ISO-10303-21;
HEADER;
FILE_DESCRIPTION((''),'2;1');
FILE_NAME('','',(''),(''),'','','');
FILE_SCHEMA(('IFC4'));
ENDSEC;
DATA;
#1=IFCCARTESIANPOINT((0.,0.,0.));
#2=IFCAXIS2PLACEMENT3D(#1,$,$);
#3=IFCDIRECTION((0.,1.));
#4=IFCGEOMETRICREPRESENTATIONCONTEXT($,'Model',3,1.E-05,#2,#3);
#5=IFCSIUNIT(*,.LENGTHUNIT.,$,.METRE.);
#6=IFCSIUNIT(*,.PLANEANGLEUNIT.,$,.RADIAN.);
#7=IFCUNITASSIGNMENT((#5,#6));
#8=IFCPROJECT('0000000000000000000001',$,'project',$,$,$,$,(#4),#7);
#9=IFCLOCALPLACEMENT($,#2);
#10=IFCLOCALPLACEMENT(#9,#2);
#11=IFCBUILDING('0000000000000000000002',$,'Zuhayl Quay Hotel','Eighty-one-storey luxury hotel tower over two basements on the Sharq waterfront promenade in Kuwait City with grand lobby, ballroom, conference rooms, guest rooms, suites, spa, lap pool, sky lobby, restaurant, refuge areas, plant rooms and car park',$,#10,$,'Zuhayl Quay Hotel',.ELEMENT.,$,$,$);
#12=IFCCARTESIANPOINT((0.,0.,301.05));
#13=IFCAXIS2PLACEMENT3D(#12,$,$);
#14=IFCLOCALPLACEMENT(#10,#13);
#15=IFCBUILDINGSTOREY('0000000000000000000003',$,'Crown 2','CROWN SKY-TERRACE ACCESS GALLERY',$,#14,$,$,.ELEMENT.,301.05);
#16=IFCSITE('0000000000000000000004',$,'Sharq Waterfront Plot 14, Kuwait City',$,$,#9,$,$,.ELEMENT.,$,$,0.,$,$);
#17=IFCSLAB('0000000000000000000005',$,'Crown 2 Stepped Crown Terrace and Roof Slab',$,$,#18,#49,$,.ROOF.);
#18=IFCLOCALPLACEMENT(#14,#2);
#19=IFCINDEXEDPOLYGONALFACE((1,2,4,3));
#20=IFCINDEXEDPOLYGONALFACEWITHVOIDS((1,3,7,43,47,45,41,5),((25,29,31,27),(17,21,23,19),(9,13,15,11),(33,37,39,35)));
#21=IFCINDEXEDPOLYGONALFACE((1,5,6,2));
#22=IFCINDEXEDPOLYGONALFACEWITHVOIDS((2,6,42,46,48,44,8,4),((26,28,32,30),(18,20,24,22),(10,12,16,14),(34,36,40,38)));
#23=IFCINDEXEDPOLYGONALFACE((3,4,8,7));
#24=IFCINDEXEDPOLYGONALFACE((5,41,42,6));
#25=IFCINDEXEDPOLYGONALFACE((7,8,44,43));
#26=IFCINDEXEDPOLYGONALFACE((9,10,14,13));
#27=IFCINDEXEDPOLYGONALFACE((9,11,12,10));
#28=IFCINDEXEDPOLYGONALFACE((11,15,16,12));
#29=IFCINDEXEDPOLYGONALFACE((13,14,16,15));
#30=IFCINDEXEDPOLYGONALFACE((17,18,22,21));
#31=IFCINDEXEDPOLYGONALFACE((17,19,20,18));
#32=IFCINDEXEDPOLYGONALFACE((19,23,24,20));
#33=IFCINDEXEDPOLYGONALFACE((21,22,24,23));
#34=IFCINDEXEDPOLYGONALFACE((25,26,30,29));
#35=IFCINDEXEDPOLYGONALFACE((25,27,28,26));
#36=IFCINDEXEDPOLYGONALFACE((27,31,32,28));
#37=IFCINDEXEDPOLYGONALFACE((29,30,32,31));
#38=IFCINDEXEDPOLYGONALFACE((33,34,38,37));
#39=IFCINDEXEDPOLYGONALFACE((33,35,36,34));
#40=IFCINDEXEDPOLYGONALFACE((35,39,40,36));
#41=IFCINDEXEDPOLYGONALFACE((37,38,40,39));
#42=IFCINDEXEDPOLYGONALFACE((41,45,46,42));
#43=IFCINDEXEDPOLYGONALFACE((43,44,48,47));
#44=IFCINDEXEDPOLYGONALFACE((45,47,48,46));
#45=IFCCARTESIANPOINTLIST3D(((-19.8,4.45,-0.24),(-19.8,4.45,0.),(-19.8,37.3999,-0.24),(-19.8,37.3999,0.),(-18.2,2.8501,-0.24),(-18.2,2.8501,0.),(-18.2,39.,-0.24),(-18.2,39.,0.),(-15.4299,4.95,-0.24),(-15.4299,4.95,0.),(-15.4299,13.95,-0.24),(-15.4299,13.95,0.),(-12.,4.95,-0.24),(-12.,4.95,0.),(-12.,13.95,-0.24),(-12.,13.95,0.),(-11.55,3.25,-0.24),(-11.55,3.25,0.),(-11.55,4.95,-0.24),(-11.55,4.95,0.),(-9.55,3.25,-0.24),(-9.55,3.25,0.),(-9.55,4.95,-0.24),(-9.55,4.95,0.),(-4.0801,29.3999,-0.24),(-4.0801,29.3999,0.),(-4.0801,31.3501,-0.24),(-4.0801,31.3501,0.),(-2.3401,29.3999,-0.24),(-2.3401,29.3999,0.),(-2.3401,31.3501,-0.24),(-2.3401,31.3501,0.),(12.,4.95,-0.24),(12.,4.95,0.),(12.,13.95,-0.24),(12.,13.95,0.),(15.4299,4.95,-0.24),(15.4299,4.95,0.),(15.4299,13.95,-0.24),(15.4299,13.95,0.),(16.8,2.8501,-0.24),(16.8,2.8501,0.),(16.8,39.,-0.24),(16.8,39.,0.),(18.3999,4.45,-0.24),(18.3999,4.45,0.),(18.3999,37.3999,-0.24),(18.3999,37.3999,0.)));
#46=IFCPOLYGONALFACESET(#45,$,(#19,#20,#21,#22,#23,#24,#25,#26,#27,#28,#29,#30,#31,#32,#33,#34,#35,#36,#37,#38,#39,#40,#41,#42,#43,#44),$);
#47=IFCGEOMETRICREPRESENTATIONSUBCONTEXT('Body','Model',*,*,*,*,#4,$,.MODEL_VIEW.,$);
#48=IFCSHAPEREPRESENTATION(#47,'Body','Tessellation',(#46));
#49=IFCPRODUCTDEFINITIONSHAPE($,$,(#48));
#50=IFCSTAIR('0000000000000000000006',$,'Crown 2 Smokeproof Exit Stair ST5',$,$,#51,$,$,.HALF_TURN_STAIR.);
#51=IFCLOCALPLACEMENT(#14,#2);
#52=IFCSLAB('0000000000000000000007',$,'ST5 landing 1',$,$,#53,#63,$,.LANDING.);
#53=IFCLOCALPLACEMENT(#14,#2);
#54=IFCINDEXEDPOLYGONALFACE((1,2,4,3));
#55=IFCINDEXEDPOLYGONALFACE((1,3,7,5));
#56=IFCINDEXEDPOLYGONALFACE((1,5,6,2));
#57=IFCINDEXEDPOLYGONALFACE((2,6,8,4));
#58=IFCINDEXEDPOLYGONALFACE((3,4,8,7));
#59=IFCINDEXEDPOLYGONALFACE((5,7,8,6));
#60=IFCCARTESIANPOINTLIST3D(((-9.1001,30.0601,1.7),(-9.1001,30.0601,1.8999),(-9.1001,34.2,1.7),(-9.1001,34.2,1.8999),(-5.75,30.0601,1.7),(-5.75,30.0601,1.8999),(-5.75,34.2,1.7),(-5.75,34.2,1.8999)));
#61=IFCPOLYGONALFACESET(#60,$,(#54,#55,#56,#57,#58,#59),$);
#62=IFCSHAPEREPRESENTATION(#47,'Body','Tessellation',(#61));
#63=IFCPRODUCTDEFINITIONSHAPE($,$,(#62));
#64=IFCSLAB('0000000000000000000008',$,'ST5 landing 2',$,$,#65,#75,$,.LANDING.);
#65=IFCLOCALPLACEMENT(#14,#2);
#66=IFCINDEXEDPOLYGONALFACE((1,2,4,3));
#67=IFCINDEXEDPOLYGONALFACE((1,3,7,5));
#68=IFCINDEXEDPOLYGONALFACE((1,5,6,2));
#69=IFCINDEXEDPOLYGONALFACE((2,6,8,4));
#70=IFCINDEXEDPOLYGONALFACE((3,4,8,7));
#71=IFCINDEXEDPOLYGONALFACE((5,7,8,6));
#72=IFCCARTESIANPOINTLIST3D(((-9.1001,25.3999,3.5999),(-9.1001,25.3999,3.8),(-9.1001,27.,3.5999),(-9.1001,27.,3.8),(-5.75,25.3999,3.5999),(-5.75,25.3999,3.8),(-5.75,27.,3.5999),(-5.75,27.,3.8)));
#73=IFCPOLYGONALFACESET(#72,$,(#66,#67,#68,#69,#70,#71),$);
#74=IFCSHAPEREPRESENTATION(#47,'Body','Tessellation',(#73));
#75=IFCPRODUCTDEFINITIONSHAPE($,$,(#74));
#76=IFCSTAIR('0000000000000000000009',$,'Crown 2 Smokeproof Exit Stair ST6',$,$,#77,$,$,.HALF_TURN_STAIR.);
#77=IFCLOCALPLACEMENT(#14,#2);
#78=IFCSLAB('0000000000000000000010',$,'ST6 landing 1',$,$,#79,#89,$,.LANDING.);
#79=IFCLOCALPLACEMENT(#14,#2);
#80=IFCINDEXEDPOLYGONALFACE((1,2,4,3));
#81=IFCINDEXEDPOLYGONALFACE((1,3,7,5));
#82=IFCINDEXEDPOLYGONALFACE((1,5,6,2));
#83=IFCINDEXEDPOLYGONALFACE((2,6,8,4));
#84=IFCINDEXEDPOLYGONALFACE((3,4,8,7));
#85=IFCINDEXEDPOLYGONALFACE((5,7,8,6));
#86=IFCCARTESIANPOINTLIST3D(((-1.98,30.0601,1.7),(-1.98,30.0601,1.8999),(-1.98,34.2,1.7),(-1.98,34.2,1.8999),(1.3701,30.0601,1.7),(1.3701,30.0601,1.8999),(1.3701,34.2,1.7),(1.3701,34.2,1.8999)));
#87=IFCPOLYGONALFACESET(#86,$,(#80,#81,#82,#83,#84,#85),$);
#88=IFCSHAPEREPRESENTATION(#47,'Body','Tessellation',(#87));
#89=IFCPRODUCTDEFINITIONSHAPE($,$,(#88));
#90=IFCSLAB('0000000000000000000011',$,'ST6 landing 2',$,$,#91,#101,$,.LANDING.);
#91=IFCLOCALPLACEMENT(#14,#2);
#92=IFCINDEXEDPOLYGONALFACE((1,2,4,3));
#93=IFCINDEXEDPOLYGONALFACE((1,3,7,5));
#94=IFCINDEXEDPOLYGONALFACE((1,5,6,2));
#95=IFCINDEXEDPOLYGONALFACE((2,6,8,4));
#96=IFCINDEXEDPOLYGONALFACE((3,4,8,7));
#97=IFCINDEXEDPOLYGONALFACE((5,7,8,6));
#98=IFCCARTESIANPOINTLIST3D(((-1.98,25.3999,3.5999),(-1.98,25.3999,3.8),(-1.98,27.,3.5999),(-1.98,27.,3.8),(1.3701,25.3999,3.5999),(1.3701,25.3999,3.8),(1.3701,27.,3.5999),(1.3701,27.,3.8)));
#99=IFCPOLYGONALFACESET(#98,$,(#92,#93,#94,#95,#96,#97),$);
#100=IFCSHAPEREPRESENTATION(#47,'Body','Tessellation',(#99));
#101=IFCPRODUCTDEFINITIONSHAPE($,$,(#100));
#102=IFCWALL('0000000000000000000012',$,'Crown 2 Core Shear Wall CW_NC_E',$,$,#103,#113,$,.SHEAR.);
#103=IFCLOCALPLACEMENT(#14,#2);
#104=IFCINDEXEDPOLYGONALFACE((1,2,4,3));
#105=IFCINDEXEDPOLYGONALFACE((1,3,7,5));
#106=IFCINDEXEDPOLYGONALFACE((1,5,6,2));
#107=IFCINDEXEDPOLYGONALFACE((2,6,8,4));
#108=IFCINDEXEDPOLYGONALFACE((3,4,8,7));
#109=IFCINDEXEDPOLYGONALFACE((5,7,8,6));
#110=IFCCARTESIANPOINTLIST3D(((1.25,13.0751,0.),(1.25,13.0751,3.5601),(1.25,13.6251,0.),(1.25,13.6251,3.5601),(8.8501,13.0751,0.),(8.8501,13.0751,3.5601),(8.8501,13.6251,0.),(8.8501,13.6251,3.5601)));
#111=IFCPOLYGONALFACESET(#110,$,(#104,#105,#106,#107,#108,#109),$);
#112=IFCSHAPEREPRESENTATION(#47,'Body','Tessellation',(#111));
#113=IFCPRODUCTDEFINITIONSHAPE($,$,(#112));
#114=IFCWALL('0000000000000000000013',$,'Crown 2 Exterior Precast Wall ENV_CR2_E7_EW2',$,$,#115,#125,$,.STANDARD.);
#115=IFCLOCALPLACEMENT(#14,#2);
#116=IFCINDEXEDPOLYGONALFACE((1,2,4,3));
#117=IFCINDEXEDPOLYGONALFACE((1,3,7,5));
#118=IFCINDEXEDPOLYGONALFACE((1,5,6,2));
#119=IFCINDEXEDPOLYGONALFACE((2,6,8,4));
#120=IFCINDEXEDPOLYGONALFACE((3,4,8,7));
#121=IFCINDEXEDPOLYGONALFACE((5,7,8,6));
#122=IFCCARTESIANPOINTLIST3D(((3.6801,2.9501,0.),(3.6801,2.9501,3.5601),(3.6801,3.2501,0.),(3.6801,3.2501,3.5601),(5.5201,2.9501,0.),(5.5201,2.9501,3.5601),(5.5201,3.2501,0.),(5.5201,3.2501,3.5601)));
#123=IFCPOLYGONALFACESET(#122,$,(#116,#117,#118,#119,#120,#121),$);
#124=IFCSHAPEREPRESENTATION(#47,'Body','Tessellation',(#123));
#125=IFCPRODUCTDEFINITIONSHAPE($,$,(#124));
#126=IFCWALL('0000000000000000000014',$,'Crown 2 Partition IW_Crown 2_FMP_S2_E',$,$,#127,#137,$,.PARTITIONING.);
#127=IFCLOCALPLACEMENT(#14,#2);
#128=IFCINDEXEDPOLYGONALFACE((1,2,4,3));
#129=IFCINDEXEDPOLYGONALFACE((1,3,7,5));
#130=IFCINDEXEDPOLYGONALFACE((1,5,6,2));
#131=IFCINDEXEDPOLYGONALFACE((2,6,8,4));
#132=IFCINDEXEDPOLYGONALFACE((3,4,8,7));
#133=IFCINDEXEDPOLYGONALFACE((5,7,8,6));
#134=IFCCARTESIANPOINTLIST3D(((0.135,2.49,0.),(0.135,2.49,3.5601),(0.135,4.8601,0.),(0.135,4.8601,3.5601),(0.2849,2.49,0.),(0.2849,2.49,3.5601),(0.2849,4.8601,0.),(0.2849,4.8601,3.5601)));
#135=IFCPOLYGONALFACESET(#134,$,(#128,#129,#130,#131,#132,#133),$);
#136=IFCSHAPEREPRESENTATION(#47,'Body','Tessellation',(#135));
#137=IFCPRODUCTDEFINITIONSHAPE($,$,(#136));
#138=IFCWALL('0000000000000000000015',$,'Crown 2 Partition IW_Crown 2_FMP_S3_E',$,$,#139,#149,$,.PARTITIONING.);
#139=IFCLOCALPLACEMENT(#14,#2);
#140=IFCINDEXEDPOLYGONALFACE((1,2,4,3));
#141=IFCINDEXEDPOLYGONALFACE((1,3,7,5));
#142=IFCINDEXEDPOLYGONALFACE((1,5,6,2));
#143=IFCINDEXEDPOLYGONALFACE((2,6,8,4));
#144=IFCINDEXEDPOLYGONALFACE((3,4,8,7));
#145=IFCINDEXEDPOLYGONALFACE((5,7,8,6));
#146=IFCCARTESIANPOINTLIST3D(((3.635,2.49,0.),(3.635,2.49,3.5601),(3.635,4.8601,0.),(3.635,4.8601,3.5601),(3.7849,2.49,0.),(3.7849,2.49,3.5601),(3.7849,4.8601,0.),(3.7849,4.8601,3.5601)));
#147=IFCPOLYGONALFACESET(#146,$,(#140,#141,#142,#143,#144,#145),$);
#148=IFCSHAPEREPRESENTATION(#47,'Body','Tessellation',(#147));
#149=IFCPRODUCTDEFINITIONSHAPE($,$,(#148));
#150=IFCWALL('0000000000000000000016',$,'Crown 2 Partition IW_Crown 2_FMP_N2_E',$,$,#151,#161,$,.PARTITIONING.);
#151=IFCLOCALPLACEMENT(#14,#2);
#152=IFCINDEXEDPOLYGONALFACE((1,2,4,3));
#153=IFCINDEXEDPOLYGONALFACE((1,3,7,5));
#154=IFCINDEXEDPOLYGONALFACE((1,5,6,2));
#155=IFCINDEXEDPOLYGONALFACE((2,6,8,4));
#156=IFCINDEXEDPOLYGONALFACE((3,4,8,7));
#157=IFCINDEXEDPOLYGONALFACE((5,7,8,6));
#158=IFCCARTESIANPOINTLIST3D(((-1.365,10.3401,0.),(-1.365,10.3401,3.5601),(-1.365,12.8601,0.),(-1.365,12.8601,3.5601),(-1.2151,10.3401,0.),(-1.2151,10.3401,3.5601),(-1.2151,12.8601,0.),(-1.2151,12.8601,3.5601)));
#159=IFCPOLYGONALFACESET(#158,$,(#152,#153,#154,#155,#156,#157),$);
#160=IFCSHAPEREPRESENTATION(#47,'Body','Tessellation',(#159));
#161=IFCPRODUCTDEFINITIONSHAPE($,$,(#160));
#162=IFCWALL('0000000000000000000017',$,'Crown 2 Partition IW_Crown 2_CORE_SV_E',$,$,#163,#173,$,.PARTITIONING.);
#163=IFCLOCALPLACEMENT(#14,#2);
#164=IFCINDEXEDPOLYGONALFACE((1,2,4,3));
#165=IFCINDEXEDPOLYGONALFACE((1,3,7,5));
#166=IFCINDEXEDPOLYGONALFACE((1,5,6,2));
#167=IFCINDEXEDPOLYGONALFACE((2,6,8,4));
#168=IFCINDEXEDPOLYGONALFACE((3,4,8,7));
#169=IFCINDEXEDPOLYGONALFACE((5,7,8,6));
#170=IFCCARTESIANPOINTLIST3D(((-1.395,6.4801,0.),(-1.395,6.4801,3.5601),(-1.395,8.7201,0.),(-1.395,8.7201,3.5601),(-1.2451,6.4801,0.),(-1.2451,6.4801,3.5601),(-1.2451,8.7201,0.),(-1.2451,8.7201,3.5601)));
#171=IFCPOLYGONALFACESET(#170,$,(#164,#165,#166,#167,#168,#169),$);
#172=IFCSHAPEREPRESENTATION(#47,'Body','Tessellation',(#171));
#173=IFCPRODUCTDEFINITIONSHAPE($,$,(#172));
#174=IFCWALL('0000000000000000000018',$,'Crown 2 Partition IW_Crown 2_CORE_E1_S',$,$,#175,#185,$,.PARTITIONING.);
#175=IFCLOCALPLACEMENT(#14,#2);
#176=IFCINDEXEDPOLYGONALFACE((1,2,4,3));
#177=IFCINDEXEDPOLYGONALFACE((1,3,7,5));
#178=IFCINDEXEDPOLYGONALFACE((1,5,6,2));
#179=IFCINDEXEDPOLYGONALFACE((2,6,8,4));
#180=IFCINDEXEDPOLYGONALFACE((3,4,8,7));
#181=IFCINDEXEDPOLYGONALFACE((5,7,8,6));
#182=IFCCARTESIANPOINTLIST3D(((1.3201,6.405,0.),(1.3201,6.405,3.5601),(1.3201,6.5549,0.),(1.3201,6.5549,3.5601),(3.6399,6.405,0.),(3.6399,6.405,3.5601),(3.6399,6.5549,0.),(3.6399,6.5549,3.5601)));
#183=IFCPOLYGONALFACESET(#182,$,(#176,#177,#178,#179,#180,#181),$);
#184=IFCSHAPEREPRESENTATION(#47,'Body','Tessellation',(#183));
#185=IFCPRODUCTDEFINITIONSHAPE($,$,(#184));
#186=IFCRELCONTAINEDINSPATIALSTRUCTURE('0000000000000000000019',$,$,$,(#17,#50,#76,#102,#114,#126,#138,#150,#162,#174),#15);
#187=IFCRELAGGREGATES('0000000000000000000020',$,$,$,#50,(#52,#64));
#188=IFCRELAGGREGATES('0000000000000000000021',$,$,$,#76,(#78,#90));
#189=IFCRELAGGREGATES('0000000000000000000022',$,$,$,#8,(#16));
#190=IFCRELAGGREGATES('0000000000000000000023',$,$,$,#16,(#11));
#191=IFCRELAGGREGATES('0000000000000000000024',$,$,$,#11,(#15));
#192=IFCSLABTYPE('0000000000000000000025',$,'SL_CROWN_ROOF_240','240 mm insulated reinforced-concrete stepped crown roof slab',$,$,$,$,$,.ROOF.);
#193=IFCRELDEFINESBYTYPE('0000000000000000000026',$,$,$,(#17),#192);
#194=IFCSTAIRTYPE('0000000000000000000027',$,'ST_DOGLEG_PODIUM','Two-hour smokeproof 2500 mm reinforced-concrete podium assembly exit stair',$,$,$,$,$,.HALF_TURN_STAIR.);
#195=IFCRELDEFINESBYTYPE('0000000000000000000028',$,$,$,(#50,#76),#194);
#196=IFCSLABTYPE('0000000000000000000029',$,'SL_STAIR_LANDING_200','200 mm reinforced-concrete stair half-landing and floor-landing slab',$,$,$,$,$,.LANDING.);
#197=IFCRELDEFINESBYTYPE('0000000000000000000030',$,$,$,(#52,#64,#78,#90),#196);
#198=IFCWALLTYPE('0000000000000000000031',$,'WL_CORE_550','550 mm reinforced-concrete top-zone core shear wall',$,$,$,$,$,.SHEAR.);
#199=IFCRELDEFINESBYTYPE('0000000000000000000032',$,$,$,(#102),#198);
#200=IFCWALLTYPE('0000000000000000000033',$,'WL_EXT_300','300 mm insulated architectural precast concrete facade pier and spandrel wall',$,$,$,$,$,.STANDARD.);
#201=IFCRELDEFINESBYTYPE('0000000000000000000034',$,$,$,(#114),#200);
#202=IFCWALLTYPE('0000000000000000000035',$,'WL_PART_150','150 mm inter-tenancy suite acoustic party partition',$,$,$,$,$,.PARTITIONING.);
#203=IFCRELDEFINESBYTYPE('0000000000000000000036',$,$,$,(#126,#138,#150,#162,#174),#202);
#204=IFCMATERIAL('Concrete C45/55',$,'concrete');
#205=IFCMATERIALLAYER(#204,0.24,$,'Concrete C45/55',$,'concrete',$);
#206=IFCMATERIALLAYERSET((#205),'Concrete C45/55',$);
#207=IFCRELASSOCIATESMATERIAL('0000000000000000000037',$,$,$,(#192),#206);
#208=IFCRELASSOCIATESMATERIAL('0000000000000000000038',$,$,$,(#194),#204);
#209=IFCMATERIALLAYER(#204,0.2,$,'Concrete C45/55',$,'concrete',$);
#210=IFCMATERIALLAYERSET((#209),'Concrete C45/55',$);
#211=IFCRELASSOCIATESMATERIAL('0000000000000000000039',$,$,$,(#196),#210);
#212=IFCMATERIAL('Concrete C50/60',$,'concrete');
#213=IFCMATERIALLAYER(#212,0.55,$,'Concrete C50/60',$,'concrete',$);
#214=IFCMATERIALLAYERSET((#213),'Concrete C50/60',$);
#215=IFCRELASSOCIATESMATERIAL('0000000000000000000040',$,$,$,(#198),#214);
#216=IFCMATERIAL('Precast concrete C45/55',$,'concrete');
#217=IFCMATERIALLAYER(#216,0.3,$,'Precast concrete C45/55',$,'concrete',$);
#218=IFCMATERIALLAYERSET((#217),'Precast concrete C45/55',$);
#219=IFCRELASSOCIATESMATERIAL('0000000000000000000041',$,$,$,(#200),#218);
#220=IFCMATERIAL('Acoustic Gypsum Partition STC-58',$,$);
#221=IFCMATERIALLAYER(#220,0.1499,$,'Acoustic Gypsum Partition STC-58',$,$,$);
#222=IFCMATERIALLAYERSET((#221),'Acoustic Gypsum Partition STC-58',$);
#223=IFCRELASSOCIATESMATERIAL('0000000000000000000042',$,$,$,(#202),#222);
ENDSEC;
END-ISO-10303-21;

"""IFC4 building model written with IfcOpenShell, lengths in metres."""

from ifc_helpers import new_model, si_unit, direction, frame, frame_2d, origin, place, context, subcontext, project, spatial, polyline, rectangle, outline, extrude, material, layer, layer_set, type_object, element, aggregate, save


model = new_model("IFC4")

# Units and contexts
model_context = context("Model", 3, precision=1e-05, world=origin(), true_north=direction((0.0, 1.0)))
body_context = subcontext(model_context, "Body", "Model", "MODEL_VIEW")
ifc_project = project(units=[si_unit("LENGTHUNIT", "METRE"), si_unit("PLANEANGLEUNIT", "RADIAN")], contexts=[model_context])

# Site, building, storey
site_placement = place(None, origin())
site = spatial("IfcSite", under=ifc_project, at=site_placement, Name="Sharq Waterfront Plot 14, Kuwait City", CompositionType="ELEMENT", RefElevation=0.0)
building_placement = place(site_placement, origin())
building = spatial("IfcBuilding", under=site, at=building_placement, Name="Zuhayl Quay Hotel", Description="Eighty-one-storey luxury hotel tower over two basements on the Sharq waterfront promenade in Kuwait City with grand lobby, ballroom, conference rooms, guest rooms, suites, spa, lap pool, sky lobby, restaurant, refuge areas, plant rooms and car park", LongName="Zuhayl Quay Hotel", CompositionType="ELEMENT")
storey_placement = place(building_placement, frame((0.0, 0.0, 301.05)))
storey = spatial("IfcBuildingStorey", under=building, at=storey_placement, Name="Crown 2", Description="CROWN SKY-TERRACE ACCESS GALLERY", CompositionType="ELEMENT", Elevation=301.05)

# Slab
ifc_material_1 = material(Name="Concrete C45/55", Category="concrete")
ifc_layer_1 = layer(ifc_material_1, 0.24, Name="Concrete C45/55", Category="concrete")
ifc_layer_set_1 = layer_set([ifc_layer_1], Name="Concrete C45/55")
slab_type_1 = type_object("IfcSlabType", Name="SL_CROWN_ROOF_240", Description="240 mm insulated reinforced-concrete stepped crown roof slab", PredefinedType="ROOF", material=ifc_layer_set_1)
slab_1_placement = place(storey_placement, frame((0.0, 0.0, -0.24)))
element("IfcSlab", 1, at=slab_1_placement, inside=storey, type_object=slab_type_1, Name="Crown 2 Stepped Crown Terrace and Roof Slab", PredefinedType="ROOF", context=body_context, shape_type="SweptSolid", body=[
    extrude(outline(polyline([(-18.2, 2.8501), (16.8, 2.8501), (18.3999, 4.45), (18.3999, 37.3999), (16.8, 39.0), (-18.2, 39.0), (-19.8, 37.3999), (-19.8, 4.45), (-18.2, 2.8501)]), holes=[polyline([(-12.0, 4.95), (-12.0, 13.95), (-15.4299, 13.95), (-15.4299, 4.95), (-12.0, 4.95)]), polyline([(15.4299, 4.95), (15.4299, 13.95), (12.0, 13.95), (12.0, 4.95), (15.4299, 4.95)]), polyline([(-4.0801, 29.3999), (-2.3401, 29.3999), (-2.3401, 31.3501), (-4.0801, 31.3501), (-4.0801, 29.3999)]), polyline([(-11.55, 3.25), (-9.55, 3.25), (-9.55, 4.95), (-11.55, 4.95), (-11.55, 3.25)])]), origin(), (0.0, 0.0, 1.0), 0.24),
])

# Stairs, slabs
stair_type = type_object("IfcStairType", Name="ST_DOGLEG_PODIUM", Description="Two-hour smokeproof 2500 mm reinforced-concrete podium assembly exit stair", PredefinedType="HALF_TURN_STAIR", material=ifc_material_1)
stair_1_placement = place(storey_placement, origin())
stair_1 = element("IfcStair", 2, at=stair_1_placement, inside=storey, type_object=stair_type, Name="Crown 2 Smokeproof Exit Stair ST5", PredefinedType="HALF_TURN_STAIR")
ifc_layer_2 = layer(ifc_material_1, 0.2, Name="Concrete C45/55", Category="concrete")
ifc_layer_set_2 = layer_set([ifc_layer_2], Name="Concrete C45/55")
slab_type_2 = type_object("IfcSlabType", Name="SL_STAIR_LANDING_200", Description="200 mm reinforced-concrete stair half-landing and floor-landing slab", PredefinedType="LANDING", material=ifc_layer_set_2)
slab_2_placement = place(storey_placement, frame((0.0, 0.0, 1.7)))
slab_2 = element("IfcSlab", 3, at=slab_2_placement, type_object=slab_type_2, Name="ST5 landing 1", PredefinedType="LANDING", context=body_context, shape_type="SweptSolid", body=[
    extrude(outline(polyline([(-5.75, 30.0601), (-5.75, 34.2), (-9.1001, 34.2), (-9.1001, 30.0601), (-5.75, 30.0601)])), origin(), (0.0, 0.0, 1.0), 0.2),
])
slab_3_placement = place(storey_placement, frame((0.0, 0.0, 3.5999)))
slab_3 = element("IfcSlab", 4, at=slab_3_placement, type_object=slab_type_2, Name="ST5 landing 2", PredefinedType="LANDING", context=body_context, shape_type="SweptSolid", body=[
    extrude(outline(polyline([(-5.75, 25.3999), (-5.75, 27.0), (-9.1001, 27.0), (-9.1001, 25.3999), (-5.75, 25.3999)])), origin(), (0.0, 0.0, 1.0), 0.2002),
])
aggregate(stair_1, [slab_2, slab_3])
stair_2_placement = place(storey_placement, origin())
stair_2 = element("IfcStair", 5, at=stair_2_placement, inside=storey, type_object=stair_type, Name="Crown 2 Smokeproof Exit Stair ST6", PredefinedType="HALF_TURN_STAIR")
slab_4_placement = place(storey_placement, frame((0.0, 0.0, 1.7)))
slab_4 = element("IfcSlab", 6, at=slab_4_placement, type_object=slab_type_2, Name="ST6 landing 1", PredefinedType="LANDING", context=body_context, shape_type="SweptSolid", body=[
    extrude(outline(polyline([(1.3701, 30.0601), (1.3701, 34.2), (-1.98, 34.2), (-1.98, 30.0601), (1.3701, 30.0601)])), origin(), (0.0, 0.0, 1.0), 0.2),
])
slab_5_placement = place(storey_placement, frame((0.0, 0.0, 3.5999)))
slab_5 = element("IfcSlab", 7, at=slab_5_placement, type_object=slab_type_2, Name="ST6 landing 2", PredefinedType="LANDING", context=body_context, shape_type="SweptSolid", body=[
    extrude(outline(polyline([(1.3701, 25.3999), (1.3701, 27.0), (-1.98, 27.0), (-1.98, 25.3999), (1.3701, 25.3999)])), origin(), (0.0, 0.0, 1.0), 0.2002),
])
aggregate(stair_2, [slab_4, slab_5])

# Walls
ifc_material_2 = material(Name="Concrete C50/60", Category="concrete")
ifc_layer_3 = layer(ifc_material_2, 0.55, Name="Concrete C50/60", Category="concrete")
ifc_layer_set_3 = layer_set([ifc_layer_3], Name="Concrete C50/60")
wall_type_1 = type_object("IfcWallType", Name="WL_CORE_550", Description="550 mm reinforced-concrete top-zone core shear wall", PredefinedType="SHEAR", material=ifc_layer_set_3)
wall_1_placement = place(storey_placement, frame((1.25, 13.3501, 0.0), z_axis=(0.0, 0.0, 1.0), x_axis=(1.0, 0.0, 0.0)))
element("IfcWall", 8, at=wall_1_placement, inside=storey, type_object=wall_type_1, Name="Crown 2 Core Shear Wall CW_NC_E", PredefinedType="SHEAR", context=body_context, shape_type="SweptSolid", body=[
    extrude(rectangle(XDim=7.6001, YDim=0.55, at=frame_2d((3.8, 0.0))), origin(), (0.0, 0.0, 1.0), 3.5601),
])
ifc_material_3 = material(Name="Precast concrete C45/55", Category="concrete")
ifc_layer_4 = layer(ifc_material_3, 0.3, Name="Precast concrete C45/55", Category="concrete")
ifc_layer_set_4 = layer_set([ifc_layer_4], Name="Precast concrete C45/55")
wall_type_2 = type_object("IfcWallType", Name="WL_EXT_300", Description="300 mm insulated architectural precast concrete facade pier and spandrel wall", PredefinedType="STANDARD", material=ifc_layer_set_4)
wall_2_placement = place(storey_placement, frame((5.52, 3.1001, 0.0), z_axis=(0.0, 0.0, 1.0), x_axis=(-1.0, 0.0, 0.0)))
element("IfcWall", 9, at=wall_2_placement, inside=storey, type_object=wall_type_2, Name="Crown 2 Exterior Precast Wall ENV_CR2_E7_EW2", PredefinedType="STANDARD", context=body_context, shape_type="SweptSolid", body=[
    extrude(rectangle(XDim=1.8401, YDim=0.3, at=frame_2d((0.9199, 0.0))), origin(), (0.0, 0.0, 1.0), 3.5601),
])

# Shared definitions
ifc_material_4 = material(Name="Acoustic Gypsum Partition STC-58")
ifc_layer_5 = layer(ifc_material_4, 0.1499, Name="Acoustic Gypsum Partition STC-58")
ifc_layer_set_5 = layer_set([ifc_layer_5], Name="Acoustic Gypsum Partition STC-58")
wall_type_3 = type_object("IfcWallType", Name="WL_PART_150", Description="150 mm inter-tenancy suite acoustic party partition", PredefinedType="PARTITIONING", material=ifc_layer_set_5)

# Walls
for number, where, z_axis, x_axis, name in (
    (10, (0.21, 2.49, 0.0), (0.0, 0.0, 1.0), (0.0, 1.0, 0.0), "Crown 2 Partition IW_Crown 2_FMP_S2_E"),
    (11, (3.71, 2.49, 0.0), (0.0, 0.0, 1.0), (0.0, 1.0, 0.0), "Crown 2 Partition IW_Crown 2_FMP_S3_E"),
):
    element("IfcWall", number, at=place(storey_placement, frame(where, z_axis=z_axis, x_axis=x_axis)), inside=storey, type_object=wall_type_3, Name=name, PredefinedType="PARTITIONING", context=body_context, shape_type="SweptSolid", body=[
        extrude(rectangle(XDim=2.3701, YDim=0.1499, at=frame_2d((1.1851, 0.0))), origin(), (0.0, 0.0, 1.0), 3.5601),
    ])
wall_3_placement = place(storey_placement, frame((-1.29, 10.3401, 0.0), z_axis=(0.0, 0.0, 1.0), x_axis=(0.0, 1.0, 0.0)))
element("IfcWall", 12, at=wall_3_placement, inside=storey, type_object=wall_type_3, Name="Crown 2 Partition IW_Crown 2_FMP_N2_E", PredefinedType="PARTITIONING", context=body_context, shape_type="SweptSolid", body=[
    extrude(rectangle(XDim=2.52, YDim=0.1499, at=frame_2d((1.26, 0.0))), origin(), (0.0, 0.0, 1.0), 3.5601),
])
wall_4_placement = place(storey_placement, frame((-1.3201, 6.48, 0.0), z_axis=(0.0, 0.0, 1.0), x_axis=(0.0, 1.0, 0.0)))
element("IfcWall", 13, at=wall_4_placement, inside=storey, type_object=wall_type_3, Name="Crown 2 Partition IW_Crown 2_CORE_SV_E", PredefinedType="PARTITIONING", context=body_context, shape_type="SweptSolid", body=[
    extrude(rectangle(XDim=2.24, YDim=0.1499, at=frame_2d((1.1201, 0.0))), origin(), (0.0, 0.0, 1.0), 3.5601),
])
wall_5_placement = place(storey_placement, frame((1.3201, 6.48, 0.0), z_axis=(0.0, 0.0, 1.0), x_axis=(1.0, 0.0, 0.0)))
element("IfcWall", 14, at=wall_5_placement, inside=storey, type_object=wall_type_3, Name="Crown 2 Partition IW_Crown 2_CORE_E1_S", PredefinedType="PARTITIONING", context=body_context, shape_type="SweptSolid", body=[
    extrude(rectangle(XDim=2.3198, YDim=0.1499, at=frame_2d((1.1599, 0.0))), origin(), (0.0, 0.0, 1.0), 3.5601),
])

save(model, "model.ifc")
